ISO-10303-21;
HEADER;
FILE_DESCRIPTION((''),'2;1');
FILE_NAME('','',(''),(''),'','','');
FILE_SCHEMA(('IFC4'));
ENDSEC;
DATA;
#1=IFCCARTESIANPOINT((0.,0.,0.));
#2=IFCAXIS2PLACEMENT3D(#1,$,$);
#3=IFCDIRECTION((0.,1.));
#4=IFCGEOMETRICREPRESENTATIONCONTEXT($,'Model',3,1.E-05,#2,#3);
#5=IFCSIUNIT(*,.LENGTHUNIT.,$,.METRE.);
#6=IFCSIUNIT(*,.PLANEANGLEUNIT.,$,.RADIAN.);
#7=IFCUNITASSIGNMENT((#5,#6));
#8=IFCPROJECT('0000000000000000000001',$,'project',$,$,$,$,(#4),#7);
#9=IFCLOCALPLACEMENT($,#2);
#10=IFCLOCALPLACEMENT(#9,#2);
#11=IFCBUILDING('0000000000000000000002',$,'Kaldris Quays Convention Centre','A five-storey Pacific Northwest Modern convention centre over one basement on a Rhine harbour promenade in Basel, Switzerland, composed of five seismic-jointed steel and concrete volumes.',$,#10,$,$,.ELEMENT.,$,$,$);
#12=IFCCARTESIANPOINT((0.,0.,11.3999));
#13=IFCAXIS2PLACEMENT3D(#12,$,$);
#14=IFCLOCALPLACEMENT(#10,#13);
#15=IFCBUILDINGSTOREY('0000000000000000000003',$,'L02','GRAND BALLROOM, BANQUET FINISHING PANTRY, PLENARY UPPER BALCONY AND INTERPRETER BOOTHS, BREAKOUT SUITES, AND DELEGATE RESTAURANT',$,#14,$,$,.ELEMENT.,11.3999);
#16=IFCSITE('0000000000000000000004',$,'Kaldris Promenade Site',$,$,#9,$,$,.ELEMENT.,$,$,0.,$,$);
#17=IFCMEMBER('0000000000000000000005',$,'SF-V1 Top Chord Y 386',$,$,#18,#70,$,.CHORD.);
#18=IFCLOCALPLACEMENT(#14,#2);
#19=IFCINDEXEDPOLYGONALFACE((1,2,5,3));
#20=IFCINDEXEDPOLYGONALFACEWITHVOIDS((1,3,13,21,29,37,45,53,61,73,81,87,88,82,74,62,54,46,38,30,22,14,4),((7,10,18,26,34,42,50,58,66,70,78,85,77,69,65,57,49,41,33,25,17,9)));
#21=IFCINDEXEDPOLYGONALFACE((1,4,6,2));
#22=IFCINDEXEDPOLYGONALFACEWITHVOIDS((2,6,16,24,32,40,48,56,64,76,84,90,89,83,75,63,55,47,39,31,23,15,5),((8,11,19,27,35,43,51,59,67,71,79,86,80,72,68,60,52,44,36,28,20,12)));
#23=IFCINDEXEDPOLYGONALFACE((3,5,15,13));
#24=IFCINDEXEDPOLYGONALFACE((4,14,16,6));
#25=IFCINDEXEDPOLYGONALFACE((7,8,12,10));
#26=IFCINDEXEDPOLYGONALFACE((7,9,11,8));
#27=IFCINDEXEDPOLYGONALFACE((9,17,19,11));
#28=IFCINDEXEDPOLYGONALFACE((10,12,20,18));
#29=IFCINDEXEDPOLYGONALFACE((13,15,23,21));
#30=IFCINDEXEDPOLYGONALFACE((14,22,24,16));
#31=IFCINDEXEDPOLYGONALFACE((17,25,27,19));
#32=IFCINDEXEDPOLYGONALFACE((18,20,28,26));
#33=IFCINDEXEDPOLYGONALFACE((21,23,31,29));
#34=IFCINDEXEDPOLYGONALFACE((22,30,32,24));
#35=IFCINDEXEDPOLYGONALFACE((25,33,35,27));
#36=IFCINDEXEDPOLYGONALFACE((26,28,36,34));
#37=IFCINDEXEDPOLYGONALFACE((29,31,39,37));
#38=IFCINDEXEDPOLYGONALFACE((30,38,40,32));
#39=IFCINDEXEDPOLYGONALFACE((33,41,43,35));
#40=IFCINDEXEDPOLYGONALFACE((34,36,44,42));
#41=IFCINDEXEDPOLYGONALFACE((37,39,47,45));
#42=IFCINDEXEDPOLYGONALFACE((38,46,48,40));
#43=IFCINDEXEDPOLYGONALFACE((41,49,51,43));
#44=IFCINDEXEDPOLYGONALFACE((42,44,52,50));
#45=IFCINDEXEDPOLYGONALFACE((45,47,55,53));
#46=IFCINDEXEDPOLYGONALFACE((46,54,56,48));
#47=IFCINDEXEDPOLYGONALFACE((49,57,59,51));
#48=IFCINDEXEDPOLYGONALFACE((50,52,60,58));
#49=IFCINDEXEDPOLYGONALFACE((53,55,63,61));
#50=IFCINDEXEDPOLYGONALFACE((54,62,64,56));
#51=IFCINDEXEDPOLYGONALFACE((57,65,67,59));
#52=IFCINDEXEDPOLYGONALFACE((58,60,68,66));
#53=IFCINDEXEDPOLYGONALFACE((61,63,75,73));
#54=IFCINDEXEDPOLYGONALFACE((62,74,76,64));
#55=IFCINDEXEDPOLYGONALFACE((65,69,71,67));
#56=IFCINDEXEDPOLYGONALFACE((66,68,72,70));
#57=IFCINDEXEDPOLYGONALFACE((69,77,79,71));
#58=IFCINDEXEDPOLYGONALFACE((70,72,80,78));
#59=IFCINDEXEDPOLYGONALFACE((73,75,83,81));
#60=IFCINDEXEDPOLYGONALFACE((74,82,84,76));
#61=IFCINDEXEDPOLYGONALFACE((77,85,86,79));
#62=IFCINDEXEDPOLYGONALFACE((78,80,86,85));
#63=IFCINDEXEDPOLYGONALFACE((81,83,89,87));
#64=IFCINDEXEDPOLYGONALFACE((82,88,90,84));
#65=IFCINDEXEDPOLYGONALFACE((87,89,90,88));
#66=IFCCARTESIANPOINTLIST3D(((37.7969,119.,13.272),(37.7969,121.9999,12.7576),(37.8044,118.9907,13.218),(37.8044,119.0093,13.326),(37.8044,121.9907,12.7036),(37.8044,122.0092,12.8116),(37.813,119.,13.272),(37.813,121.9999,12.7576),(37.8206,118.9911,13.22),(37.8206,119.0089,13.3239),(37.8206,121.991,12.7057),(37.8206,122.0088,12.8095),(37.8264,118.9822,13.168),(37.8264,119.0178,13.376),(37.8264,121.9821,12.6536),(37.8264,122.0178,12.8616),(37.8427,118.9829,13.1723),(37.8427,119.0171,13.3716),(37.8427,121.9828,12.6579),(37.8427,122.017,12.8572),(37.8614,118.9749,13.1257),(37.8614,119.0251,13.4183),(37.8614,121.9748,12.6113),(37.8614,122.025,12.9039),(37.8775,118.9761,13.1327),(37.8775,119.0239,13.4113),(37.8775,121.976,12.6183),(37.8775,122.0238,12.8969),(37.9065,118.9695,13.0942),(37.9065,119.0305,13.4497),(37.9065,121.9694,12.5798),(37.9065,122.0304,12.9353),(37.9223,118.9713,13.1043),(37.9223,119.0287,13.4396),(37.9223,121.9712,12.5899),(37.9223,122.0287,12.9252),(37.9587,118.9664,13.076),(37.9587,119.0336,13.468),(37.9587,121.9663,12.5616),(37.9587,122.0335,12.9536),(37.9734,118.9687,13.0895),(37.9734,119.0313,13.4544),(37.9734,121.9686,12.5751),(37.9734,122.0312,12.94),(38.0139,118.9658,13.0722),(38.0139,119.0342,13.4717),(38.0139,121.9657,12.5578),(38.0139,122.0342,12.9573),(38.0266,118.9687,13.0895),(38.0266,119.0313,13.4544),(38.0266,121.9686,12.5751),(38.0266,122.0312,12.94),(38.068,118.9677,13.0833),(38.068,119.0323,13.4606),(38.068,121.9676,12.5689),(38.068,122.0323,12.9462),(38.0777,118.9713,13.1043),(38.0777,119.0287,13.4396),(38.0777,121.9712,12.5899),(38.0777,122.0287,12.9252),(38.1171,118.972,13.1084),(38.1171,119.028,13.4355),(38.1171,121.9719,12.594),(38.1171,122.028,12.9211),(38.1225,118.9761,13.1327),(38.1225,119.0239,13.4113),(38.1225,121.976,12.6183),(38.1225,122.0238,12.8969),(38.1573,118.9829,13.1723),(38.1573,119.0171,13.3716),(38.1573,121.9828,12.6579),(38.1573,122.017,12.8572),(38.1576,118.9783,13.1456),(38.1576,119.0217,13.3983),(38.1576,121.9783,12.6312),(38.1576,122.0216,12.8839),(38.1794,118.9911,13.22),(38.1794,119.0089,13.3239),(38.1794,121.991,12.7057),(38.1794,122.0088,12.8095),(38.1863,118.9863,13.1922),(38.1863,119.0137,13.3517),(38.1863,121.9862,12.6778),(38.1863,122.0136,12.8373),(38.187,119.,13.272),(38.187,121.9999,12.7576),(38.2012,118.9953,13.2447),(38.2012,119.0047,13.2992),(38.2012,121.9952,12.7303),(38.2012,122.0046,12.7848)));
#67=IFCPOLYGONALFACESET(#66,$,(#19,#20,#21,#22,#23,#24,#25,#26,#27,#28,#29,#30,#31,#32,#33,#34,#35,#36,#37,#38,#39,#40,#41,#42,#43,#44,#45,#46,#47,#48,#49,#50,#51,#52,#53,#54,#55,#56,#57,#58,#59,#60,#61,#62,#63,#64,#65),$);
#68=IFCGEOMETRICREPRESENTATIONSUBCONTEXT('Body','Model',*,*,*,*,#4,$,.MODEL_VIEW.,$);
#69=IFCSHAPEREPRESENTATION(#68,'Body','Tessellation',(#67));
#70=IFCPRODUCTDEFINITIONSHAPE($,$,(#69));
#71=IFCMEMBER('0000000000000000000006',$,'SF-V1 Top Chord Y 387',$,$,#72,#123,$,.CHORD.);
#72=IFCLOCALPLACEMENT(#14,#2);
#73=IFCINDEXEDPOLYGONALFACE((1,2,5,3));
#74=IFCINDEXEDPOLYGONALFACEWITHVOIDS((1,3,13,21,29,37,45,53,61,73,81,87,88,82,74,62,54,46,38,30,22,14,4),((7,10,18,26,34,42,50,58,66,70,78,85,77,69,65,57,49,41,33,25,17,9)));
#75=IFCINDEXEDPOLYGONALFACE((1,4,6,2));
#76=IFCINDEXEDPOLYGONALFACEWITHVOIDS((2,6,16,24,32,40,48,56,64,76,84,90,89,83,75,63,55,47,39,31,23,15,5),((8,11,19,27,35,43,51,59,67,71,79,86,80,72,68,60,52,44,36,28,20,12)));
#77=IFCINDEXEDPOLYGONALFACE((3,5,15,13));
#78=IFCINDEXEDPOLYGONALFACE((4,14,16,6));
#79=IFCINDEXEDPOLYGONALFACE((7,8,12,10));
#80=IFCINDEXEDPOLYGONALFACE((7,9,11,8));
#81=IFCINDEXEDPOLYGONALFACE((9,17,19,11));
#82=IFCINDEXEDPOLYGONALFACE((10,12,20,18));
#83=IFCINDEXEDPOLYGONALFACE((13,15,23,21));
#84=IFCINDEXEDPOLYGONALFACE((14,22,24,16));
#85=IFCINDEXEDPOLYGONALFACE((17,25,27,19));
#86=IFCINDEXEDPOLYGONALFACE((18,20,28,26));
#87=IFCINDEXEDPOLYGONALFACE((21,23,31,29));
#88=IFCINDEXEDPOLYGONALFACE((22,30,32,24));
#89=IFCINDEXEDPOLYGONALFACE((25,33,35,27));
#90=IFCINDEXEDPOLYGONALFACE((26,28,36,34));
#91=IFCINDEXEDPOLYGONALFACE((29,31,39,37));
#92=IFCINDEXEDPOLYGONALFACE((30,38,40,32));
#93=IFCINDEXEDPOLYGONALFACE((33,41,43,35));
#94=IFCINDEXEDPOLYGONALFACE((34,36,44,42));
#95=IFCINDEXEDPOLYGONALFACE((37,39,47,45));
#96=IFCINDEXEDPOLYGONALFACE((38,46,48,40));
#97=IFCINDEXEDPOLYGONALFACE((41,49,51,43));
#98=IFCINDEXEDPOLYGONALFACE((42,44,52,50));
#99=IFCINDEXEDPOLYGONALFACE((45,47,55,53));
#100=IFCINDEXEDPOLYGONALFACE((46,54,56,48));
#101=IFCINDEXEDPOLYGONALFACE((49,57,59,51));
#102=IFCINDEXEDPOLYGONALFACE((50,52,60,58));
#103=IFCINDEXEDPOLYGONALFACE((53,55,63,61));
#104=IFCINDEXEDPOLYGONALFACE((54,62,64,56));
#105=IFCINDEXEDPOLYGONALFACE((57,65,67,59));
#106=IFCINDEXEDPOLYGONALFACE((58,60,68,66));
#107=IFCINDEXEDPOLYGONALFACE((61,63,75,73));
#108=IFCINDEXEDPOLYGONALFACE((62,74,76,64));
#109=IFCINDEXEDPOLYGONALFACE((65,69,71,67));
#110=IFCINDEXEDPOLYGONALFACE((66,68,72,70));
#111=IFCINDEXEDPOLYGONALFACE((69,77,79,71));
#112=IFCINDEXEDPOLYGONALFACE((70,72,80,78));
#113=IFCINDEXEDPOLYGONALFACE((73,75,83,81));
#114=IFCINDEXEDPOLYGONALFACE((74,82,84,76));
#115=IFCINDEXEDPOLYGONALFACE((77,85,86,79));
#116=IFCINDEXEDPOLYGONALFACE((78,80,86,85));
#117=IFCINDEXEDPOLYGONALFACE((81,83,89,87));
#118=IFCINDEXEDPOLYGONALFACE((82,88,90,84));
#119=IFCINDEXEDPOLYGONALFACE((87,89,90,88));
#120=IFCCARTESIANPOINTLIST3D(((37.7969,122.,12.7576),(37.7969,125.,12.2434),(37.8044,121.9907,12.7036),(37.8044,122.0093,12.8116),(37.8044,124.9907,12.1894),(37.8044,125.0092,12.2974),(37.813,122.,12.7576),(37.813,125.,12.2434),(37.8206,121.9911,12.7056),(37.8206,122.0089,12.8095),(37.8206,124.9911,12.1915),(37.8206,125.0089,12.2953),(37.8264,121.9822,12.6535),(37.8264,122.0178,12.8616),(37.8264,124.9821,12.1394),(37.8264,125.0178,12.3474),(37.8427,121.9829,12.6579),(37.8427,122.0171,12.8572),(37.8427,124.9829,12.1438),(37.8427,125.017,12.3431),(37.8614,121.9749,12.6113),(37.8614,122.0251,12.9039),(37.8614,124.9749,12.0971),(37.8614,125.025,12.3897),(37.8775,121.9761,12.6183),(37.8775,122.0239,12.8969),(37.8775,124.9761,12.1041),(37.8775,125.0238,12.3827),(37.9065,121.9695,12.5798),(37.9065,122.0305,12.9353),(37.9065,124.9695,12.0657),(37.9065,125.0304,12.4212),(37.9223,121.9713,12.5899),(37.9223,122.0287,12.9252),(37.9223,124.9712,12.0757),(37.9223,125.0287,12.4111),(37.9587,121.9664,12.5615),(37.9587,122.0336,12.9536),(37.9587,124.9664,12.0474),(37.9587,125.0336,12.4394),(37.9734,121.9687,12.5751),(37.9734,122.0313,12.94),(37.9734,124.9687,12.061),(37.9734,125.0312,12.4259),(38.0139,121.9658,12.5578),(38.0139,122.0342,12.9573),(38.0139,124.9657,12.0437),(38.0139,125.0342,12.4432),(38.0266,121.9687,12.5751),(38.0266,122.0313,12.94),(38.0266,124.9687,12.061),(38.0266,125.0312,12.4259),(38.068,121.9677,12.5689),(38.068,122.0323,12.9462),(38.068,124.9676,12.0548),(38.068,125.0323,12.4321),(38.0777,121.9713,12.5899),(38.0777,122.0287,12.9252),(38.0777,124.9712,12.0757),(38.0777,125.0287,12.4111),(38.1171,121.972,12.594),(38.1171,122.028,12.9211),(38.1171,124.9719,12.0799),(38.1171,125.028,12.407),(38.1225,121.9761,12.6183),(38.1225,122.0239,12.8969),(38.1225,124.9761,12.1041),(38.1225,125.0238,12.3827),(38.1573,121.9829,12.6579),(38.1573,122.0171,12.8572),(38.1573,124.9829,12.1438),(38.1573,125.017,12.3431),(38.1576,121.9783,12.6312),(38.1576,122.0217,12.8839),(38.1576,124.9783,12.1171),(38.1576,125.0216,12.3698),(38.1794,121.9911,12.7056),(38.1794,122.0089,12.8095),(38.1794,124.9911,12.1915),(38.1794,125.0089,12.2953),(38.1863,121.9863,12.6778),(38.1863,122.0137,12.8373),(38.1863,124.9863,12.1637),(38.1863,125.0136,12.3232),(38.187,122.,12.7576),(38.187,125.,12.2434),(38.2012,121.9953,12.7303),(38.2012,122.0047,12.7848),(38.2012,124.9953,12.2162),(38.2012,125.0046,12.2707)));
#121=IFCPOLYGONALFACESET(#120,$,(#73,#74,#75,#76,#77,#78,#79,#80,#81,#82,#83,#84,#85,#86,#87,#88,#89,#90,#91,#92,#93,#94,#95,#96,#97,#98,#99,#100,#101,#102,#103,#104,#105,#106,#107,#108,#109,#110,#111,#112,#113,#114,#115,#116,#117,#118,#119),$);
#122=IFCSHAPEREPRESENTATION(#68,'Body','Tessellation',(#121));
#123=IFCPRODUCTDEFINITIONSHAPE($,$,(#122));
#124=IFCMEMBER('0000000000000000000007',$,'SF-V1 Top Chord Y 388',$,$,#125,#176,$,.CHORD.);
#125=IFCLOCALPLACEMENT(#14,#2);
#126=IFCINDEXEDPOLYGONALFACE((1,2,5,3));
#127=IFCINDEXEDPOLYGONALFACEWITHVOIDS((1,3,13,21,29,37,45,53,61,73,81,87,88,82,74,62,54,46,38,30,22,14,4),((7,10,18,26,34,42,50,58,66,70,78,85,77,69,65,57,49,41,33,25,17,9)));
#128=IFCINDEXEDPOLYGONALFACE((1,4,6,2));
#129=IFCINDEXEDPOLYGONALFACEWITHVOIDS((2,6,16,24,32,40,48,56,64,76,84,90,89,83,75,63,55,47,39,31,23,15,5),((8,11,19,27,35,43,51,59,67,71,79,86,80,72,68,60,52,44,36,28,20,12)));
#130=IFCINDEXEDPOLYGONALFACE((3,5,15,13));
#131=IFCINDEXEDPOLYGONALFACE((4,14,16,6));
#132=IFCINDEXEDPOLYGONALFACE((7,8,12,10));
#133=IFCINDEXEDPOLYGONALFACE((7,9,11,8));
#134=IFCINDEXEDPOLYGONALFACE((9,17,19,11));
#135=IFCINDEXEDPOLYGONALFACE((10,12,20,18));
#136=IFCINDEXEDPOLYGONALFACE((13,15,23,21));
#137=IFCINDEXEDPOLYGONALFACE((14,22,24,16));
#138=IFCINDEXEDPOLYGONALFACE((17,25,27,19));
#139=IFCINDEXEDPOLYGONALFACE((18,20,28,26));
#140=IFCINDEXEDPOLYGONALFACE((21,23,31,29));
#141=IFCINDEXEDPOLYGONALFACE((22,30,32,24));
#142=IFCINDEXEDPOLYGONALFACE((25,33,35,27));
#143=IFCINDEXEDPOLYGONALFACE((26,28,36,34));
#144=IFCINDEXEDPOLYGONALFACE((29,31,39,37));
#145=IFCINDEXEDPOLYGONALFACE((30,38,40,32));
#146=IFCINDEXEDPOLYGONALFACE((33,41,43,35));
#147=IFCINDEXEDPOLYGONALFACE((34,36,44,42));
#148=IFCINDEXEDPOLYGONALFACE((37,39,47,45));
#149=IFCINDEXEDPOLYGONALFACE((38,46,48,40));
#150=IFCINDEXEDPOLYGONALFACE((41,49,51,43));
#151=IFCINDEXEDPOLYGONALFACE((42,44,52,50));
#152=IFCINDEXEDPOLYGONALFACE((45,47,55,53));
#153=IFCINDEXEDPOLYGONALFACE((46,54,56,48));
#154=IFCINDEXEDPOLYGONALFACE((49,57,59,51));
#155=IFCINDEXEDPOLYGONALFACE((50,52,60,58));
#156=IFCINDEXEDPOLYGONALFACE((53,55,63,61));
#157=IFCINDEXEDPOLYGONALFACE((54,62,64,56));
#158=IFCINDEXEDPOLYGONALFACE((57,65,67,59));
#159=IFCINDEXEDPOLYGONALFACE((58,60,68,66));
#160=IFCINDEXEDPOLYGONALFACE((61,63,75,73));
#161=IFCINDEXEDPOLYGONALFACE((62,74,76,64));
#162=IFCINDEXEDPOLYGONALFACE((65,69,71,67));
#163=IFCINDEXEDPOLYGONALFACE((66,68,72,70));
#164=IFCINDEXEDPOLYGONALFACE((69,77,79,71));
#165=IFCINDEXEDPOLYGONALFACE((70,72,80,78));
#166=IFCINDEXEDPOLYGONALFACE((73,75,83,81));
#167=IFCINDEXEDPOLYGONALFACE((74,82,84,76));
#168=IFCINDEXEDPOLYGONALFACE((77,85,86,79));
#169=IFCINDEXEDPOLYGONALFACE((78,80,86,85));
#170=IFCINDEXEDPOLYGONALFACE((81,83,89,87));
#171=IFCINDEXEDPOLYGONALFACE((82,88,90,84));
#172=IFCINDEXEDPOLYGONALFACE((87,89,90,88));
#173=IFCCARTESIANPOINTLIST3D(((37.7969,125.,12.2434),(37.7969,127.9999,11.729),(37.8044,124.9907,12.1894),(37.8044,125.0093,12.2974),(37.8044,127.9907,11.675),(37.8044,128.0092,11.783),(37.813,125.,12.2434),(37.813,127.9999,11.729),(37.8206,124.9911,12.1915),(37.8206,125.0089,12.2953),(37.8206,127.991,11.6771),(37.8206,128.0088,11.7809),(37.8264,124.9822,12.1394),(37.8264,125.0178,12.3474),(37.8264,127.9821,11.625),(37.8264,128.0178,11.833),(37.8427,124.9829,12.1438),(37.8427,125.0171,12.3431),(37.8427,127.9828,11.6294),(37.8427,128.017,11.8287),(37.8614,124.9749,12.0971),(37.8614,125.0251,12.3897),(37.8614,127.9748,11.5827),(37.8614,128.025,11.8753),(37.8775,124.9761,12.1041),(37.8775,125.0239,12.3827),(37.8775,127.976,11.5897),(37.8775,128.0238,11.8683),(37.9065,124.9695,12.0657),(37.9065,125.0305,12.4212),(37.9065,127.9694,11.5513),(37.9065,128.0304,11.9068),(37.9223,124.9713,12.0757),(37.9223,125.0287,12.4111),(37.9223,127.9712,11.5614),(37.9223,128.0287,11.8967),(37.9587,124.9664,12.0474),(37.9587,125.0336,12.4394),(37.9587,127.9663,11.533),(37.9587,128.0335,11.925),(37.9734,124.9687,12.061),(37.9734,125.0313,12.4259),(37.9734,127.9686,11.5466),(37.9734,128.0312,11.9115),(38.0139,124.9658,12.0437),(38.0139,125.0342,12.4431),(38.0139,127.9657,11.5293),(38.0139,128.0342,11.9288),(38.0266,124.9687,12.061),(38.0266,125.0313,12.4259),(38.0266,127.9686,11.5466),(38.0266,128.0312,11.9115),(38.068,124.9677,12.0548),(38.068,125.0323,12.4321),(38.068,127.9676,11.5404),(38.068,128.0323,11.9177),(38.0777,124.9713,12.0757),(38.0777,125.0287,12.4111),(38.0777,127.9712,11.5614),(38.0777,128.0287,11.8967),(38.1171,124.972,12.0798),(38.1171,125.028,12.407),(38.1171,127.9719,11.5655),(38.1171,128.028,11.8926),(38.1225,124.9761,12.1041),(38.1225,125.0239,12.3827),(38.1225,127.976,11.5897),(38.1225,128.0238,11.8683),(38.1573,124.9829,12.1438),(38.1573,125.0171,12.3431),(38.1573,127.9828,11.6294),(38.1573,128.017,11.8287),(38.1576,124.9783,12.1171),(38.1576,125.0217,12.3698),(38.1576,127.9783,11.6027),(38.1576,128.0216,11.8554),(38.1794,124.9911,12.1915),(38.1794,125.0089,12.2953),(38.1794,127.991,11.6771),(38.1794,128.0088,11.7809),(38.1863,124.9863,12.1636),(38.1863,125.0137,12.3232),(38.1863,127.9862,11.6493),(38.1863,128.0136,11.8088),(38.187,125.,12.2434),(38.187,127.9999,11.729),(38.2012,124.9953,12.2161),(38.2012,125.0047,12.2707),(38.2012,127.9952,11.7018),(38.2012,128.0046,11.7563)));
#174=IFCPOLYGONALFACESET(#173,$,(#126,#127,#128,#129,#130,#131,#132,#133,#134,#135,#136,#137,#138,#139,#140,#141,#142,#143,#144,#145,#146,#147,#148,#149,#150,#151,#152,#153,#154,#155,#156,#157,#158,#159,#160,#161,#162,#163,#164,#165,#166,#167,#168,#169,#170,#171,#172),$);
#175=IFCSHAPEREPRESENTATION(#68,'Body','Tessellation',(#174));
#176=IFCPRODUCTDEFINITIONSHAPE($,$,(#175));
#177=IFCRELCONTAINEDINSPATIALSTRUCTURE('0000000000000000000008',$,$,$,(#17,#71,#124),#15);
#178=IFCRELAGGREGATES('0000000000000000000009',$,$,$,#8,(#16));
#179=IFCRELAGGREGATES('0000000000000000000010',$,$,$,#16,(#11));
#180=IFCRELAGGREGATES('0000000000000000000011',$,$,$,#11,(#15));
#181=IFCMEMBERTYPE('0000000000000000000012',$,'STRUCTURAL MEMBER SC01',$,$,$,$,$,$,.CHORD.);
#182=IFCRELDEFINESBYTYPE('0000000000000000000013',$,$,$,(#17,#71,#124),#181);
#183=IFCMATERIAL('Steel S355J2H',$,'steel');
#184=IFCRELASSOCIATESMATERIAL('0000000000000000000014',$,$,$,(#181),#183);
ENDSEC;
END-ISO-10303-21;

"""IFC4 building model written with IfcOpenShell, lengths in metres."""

from ifc_helpers import new_model, si_unit, direction, frame, origin, origin_2d, place, context, subcontext, project, spatial, hollow_circle, extrude, material, material_profile, profile_set, type_object, element, save


model = new_model("IFC4")

# Units and contexts
model_context = context("Model", 3, precision=1e-05, world=origin(), true_north=direction((0.0, 1.0)))
body_context = subcontext(model_context, "Body", "Model", "MODEL_VIEW")
ifc_project = project(units=[si_unit("LENGTHUNIT", "METRE"), si_unit("PLANEANGLEUNIT", "RADIAN")], contexts=[model_context])

# Site, building, storey
site_placement = place(None, origin())
site = spatial("IfcSite", under=ifc_project, at=site_placement, Name="Kaldris Promenade Site", CompositionType="ELEMENT", RefElevation=0.0)
building_placement = place(site_placement, origin())
building = spatial("IfcBuilding", under=site, at=building_placement, Name="Kaldris Quays Convention Centre", Description="A five-storey Pacific Northwest Modern convention centre over one basement on a Rhine harbour promenade in Basel, Switzerland, composed of five seismic-jointed steel and concrete volumes.", CompositionType="ELEMENT")
storey_placement = place(building_placement, frame((0.0, 0.0, 11.3999)))
storey = spatial("IfcBuildingStorey", under=building, at=storey_placement, Name="L02", Description="GRAND BALLROOM, BANQUET FINISHING PANTRY, PLENARY UPPER BALCONY AND INTERPRETER BOOTHS, BREAKOUT SUITES, AND DELEGATE RESTAURANT", CompositionType="ELEMENT", Elevation=11.3999)

# Members
ifc_material = material(Name="Steel S355J2H", Category="steel")
ifc_material_profile_1 = material_profile(ifc_material, hollow_circle(Radius=0.2031, WallThickness=0.0161, at=origin_2d()), Name="CHS 406.4x16")
ifc_profile_set_1 = profile_set([ifc_material_profile_1], Name="Steel S355J2H")
member_type_1 = type_object("IfcMemberType", Name="STRUCTURAL MEMBER SC01", PredefinedType="CHORD", material=ifc_profile_set_1)
for number, where, z_axis, x_axis, name in (
    (1, (38.0, 119.0, 13.272), (0.0, 0.985616, -0.169002), (-1.0, 0.0, 0.0), "SF-V1 Top Chord Y 386"),
    (2, (38.0, 122.0, 12.7576), (0.0, 0.985629, -0.168924), (-1.0, 0.0, 0.0), "SF-V1 Top Chord Y 387"),
    (3, (38.0, 125.0, 12.2434), (0.0, 0.985616, -0.169002), (-1.0, 0.0, 0.0), "SF-V1 Top Chord Y 388"),
):
    element("IfcMember", number, at=place(storey_placement, frame(where, z_axis=z_axis, x_axis=x_axis)), inside=storey, type_object=member_type_1, Name=name, PredefinedType="CHORD", context=body_context, shape_type="SweptSolid", body=[
        extrude(hollow_circle(Radius=0.2031, WallThickness=0.0161, at=origin_2d()), origin(), (0.0, 0.0, 1.0), 3.0437),
    ])

save(model, "model.ifc")
